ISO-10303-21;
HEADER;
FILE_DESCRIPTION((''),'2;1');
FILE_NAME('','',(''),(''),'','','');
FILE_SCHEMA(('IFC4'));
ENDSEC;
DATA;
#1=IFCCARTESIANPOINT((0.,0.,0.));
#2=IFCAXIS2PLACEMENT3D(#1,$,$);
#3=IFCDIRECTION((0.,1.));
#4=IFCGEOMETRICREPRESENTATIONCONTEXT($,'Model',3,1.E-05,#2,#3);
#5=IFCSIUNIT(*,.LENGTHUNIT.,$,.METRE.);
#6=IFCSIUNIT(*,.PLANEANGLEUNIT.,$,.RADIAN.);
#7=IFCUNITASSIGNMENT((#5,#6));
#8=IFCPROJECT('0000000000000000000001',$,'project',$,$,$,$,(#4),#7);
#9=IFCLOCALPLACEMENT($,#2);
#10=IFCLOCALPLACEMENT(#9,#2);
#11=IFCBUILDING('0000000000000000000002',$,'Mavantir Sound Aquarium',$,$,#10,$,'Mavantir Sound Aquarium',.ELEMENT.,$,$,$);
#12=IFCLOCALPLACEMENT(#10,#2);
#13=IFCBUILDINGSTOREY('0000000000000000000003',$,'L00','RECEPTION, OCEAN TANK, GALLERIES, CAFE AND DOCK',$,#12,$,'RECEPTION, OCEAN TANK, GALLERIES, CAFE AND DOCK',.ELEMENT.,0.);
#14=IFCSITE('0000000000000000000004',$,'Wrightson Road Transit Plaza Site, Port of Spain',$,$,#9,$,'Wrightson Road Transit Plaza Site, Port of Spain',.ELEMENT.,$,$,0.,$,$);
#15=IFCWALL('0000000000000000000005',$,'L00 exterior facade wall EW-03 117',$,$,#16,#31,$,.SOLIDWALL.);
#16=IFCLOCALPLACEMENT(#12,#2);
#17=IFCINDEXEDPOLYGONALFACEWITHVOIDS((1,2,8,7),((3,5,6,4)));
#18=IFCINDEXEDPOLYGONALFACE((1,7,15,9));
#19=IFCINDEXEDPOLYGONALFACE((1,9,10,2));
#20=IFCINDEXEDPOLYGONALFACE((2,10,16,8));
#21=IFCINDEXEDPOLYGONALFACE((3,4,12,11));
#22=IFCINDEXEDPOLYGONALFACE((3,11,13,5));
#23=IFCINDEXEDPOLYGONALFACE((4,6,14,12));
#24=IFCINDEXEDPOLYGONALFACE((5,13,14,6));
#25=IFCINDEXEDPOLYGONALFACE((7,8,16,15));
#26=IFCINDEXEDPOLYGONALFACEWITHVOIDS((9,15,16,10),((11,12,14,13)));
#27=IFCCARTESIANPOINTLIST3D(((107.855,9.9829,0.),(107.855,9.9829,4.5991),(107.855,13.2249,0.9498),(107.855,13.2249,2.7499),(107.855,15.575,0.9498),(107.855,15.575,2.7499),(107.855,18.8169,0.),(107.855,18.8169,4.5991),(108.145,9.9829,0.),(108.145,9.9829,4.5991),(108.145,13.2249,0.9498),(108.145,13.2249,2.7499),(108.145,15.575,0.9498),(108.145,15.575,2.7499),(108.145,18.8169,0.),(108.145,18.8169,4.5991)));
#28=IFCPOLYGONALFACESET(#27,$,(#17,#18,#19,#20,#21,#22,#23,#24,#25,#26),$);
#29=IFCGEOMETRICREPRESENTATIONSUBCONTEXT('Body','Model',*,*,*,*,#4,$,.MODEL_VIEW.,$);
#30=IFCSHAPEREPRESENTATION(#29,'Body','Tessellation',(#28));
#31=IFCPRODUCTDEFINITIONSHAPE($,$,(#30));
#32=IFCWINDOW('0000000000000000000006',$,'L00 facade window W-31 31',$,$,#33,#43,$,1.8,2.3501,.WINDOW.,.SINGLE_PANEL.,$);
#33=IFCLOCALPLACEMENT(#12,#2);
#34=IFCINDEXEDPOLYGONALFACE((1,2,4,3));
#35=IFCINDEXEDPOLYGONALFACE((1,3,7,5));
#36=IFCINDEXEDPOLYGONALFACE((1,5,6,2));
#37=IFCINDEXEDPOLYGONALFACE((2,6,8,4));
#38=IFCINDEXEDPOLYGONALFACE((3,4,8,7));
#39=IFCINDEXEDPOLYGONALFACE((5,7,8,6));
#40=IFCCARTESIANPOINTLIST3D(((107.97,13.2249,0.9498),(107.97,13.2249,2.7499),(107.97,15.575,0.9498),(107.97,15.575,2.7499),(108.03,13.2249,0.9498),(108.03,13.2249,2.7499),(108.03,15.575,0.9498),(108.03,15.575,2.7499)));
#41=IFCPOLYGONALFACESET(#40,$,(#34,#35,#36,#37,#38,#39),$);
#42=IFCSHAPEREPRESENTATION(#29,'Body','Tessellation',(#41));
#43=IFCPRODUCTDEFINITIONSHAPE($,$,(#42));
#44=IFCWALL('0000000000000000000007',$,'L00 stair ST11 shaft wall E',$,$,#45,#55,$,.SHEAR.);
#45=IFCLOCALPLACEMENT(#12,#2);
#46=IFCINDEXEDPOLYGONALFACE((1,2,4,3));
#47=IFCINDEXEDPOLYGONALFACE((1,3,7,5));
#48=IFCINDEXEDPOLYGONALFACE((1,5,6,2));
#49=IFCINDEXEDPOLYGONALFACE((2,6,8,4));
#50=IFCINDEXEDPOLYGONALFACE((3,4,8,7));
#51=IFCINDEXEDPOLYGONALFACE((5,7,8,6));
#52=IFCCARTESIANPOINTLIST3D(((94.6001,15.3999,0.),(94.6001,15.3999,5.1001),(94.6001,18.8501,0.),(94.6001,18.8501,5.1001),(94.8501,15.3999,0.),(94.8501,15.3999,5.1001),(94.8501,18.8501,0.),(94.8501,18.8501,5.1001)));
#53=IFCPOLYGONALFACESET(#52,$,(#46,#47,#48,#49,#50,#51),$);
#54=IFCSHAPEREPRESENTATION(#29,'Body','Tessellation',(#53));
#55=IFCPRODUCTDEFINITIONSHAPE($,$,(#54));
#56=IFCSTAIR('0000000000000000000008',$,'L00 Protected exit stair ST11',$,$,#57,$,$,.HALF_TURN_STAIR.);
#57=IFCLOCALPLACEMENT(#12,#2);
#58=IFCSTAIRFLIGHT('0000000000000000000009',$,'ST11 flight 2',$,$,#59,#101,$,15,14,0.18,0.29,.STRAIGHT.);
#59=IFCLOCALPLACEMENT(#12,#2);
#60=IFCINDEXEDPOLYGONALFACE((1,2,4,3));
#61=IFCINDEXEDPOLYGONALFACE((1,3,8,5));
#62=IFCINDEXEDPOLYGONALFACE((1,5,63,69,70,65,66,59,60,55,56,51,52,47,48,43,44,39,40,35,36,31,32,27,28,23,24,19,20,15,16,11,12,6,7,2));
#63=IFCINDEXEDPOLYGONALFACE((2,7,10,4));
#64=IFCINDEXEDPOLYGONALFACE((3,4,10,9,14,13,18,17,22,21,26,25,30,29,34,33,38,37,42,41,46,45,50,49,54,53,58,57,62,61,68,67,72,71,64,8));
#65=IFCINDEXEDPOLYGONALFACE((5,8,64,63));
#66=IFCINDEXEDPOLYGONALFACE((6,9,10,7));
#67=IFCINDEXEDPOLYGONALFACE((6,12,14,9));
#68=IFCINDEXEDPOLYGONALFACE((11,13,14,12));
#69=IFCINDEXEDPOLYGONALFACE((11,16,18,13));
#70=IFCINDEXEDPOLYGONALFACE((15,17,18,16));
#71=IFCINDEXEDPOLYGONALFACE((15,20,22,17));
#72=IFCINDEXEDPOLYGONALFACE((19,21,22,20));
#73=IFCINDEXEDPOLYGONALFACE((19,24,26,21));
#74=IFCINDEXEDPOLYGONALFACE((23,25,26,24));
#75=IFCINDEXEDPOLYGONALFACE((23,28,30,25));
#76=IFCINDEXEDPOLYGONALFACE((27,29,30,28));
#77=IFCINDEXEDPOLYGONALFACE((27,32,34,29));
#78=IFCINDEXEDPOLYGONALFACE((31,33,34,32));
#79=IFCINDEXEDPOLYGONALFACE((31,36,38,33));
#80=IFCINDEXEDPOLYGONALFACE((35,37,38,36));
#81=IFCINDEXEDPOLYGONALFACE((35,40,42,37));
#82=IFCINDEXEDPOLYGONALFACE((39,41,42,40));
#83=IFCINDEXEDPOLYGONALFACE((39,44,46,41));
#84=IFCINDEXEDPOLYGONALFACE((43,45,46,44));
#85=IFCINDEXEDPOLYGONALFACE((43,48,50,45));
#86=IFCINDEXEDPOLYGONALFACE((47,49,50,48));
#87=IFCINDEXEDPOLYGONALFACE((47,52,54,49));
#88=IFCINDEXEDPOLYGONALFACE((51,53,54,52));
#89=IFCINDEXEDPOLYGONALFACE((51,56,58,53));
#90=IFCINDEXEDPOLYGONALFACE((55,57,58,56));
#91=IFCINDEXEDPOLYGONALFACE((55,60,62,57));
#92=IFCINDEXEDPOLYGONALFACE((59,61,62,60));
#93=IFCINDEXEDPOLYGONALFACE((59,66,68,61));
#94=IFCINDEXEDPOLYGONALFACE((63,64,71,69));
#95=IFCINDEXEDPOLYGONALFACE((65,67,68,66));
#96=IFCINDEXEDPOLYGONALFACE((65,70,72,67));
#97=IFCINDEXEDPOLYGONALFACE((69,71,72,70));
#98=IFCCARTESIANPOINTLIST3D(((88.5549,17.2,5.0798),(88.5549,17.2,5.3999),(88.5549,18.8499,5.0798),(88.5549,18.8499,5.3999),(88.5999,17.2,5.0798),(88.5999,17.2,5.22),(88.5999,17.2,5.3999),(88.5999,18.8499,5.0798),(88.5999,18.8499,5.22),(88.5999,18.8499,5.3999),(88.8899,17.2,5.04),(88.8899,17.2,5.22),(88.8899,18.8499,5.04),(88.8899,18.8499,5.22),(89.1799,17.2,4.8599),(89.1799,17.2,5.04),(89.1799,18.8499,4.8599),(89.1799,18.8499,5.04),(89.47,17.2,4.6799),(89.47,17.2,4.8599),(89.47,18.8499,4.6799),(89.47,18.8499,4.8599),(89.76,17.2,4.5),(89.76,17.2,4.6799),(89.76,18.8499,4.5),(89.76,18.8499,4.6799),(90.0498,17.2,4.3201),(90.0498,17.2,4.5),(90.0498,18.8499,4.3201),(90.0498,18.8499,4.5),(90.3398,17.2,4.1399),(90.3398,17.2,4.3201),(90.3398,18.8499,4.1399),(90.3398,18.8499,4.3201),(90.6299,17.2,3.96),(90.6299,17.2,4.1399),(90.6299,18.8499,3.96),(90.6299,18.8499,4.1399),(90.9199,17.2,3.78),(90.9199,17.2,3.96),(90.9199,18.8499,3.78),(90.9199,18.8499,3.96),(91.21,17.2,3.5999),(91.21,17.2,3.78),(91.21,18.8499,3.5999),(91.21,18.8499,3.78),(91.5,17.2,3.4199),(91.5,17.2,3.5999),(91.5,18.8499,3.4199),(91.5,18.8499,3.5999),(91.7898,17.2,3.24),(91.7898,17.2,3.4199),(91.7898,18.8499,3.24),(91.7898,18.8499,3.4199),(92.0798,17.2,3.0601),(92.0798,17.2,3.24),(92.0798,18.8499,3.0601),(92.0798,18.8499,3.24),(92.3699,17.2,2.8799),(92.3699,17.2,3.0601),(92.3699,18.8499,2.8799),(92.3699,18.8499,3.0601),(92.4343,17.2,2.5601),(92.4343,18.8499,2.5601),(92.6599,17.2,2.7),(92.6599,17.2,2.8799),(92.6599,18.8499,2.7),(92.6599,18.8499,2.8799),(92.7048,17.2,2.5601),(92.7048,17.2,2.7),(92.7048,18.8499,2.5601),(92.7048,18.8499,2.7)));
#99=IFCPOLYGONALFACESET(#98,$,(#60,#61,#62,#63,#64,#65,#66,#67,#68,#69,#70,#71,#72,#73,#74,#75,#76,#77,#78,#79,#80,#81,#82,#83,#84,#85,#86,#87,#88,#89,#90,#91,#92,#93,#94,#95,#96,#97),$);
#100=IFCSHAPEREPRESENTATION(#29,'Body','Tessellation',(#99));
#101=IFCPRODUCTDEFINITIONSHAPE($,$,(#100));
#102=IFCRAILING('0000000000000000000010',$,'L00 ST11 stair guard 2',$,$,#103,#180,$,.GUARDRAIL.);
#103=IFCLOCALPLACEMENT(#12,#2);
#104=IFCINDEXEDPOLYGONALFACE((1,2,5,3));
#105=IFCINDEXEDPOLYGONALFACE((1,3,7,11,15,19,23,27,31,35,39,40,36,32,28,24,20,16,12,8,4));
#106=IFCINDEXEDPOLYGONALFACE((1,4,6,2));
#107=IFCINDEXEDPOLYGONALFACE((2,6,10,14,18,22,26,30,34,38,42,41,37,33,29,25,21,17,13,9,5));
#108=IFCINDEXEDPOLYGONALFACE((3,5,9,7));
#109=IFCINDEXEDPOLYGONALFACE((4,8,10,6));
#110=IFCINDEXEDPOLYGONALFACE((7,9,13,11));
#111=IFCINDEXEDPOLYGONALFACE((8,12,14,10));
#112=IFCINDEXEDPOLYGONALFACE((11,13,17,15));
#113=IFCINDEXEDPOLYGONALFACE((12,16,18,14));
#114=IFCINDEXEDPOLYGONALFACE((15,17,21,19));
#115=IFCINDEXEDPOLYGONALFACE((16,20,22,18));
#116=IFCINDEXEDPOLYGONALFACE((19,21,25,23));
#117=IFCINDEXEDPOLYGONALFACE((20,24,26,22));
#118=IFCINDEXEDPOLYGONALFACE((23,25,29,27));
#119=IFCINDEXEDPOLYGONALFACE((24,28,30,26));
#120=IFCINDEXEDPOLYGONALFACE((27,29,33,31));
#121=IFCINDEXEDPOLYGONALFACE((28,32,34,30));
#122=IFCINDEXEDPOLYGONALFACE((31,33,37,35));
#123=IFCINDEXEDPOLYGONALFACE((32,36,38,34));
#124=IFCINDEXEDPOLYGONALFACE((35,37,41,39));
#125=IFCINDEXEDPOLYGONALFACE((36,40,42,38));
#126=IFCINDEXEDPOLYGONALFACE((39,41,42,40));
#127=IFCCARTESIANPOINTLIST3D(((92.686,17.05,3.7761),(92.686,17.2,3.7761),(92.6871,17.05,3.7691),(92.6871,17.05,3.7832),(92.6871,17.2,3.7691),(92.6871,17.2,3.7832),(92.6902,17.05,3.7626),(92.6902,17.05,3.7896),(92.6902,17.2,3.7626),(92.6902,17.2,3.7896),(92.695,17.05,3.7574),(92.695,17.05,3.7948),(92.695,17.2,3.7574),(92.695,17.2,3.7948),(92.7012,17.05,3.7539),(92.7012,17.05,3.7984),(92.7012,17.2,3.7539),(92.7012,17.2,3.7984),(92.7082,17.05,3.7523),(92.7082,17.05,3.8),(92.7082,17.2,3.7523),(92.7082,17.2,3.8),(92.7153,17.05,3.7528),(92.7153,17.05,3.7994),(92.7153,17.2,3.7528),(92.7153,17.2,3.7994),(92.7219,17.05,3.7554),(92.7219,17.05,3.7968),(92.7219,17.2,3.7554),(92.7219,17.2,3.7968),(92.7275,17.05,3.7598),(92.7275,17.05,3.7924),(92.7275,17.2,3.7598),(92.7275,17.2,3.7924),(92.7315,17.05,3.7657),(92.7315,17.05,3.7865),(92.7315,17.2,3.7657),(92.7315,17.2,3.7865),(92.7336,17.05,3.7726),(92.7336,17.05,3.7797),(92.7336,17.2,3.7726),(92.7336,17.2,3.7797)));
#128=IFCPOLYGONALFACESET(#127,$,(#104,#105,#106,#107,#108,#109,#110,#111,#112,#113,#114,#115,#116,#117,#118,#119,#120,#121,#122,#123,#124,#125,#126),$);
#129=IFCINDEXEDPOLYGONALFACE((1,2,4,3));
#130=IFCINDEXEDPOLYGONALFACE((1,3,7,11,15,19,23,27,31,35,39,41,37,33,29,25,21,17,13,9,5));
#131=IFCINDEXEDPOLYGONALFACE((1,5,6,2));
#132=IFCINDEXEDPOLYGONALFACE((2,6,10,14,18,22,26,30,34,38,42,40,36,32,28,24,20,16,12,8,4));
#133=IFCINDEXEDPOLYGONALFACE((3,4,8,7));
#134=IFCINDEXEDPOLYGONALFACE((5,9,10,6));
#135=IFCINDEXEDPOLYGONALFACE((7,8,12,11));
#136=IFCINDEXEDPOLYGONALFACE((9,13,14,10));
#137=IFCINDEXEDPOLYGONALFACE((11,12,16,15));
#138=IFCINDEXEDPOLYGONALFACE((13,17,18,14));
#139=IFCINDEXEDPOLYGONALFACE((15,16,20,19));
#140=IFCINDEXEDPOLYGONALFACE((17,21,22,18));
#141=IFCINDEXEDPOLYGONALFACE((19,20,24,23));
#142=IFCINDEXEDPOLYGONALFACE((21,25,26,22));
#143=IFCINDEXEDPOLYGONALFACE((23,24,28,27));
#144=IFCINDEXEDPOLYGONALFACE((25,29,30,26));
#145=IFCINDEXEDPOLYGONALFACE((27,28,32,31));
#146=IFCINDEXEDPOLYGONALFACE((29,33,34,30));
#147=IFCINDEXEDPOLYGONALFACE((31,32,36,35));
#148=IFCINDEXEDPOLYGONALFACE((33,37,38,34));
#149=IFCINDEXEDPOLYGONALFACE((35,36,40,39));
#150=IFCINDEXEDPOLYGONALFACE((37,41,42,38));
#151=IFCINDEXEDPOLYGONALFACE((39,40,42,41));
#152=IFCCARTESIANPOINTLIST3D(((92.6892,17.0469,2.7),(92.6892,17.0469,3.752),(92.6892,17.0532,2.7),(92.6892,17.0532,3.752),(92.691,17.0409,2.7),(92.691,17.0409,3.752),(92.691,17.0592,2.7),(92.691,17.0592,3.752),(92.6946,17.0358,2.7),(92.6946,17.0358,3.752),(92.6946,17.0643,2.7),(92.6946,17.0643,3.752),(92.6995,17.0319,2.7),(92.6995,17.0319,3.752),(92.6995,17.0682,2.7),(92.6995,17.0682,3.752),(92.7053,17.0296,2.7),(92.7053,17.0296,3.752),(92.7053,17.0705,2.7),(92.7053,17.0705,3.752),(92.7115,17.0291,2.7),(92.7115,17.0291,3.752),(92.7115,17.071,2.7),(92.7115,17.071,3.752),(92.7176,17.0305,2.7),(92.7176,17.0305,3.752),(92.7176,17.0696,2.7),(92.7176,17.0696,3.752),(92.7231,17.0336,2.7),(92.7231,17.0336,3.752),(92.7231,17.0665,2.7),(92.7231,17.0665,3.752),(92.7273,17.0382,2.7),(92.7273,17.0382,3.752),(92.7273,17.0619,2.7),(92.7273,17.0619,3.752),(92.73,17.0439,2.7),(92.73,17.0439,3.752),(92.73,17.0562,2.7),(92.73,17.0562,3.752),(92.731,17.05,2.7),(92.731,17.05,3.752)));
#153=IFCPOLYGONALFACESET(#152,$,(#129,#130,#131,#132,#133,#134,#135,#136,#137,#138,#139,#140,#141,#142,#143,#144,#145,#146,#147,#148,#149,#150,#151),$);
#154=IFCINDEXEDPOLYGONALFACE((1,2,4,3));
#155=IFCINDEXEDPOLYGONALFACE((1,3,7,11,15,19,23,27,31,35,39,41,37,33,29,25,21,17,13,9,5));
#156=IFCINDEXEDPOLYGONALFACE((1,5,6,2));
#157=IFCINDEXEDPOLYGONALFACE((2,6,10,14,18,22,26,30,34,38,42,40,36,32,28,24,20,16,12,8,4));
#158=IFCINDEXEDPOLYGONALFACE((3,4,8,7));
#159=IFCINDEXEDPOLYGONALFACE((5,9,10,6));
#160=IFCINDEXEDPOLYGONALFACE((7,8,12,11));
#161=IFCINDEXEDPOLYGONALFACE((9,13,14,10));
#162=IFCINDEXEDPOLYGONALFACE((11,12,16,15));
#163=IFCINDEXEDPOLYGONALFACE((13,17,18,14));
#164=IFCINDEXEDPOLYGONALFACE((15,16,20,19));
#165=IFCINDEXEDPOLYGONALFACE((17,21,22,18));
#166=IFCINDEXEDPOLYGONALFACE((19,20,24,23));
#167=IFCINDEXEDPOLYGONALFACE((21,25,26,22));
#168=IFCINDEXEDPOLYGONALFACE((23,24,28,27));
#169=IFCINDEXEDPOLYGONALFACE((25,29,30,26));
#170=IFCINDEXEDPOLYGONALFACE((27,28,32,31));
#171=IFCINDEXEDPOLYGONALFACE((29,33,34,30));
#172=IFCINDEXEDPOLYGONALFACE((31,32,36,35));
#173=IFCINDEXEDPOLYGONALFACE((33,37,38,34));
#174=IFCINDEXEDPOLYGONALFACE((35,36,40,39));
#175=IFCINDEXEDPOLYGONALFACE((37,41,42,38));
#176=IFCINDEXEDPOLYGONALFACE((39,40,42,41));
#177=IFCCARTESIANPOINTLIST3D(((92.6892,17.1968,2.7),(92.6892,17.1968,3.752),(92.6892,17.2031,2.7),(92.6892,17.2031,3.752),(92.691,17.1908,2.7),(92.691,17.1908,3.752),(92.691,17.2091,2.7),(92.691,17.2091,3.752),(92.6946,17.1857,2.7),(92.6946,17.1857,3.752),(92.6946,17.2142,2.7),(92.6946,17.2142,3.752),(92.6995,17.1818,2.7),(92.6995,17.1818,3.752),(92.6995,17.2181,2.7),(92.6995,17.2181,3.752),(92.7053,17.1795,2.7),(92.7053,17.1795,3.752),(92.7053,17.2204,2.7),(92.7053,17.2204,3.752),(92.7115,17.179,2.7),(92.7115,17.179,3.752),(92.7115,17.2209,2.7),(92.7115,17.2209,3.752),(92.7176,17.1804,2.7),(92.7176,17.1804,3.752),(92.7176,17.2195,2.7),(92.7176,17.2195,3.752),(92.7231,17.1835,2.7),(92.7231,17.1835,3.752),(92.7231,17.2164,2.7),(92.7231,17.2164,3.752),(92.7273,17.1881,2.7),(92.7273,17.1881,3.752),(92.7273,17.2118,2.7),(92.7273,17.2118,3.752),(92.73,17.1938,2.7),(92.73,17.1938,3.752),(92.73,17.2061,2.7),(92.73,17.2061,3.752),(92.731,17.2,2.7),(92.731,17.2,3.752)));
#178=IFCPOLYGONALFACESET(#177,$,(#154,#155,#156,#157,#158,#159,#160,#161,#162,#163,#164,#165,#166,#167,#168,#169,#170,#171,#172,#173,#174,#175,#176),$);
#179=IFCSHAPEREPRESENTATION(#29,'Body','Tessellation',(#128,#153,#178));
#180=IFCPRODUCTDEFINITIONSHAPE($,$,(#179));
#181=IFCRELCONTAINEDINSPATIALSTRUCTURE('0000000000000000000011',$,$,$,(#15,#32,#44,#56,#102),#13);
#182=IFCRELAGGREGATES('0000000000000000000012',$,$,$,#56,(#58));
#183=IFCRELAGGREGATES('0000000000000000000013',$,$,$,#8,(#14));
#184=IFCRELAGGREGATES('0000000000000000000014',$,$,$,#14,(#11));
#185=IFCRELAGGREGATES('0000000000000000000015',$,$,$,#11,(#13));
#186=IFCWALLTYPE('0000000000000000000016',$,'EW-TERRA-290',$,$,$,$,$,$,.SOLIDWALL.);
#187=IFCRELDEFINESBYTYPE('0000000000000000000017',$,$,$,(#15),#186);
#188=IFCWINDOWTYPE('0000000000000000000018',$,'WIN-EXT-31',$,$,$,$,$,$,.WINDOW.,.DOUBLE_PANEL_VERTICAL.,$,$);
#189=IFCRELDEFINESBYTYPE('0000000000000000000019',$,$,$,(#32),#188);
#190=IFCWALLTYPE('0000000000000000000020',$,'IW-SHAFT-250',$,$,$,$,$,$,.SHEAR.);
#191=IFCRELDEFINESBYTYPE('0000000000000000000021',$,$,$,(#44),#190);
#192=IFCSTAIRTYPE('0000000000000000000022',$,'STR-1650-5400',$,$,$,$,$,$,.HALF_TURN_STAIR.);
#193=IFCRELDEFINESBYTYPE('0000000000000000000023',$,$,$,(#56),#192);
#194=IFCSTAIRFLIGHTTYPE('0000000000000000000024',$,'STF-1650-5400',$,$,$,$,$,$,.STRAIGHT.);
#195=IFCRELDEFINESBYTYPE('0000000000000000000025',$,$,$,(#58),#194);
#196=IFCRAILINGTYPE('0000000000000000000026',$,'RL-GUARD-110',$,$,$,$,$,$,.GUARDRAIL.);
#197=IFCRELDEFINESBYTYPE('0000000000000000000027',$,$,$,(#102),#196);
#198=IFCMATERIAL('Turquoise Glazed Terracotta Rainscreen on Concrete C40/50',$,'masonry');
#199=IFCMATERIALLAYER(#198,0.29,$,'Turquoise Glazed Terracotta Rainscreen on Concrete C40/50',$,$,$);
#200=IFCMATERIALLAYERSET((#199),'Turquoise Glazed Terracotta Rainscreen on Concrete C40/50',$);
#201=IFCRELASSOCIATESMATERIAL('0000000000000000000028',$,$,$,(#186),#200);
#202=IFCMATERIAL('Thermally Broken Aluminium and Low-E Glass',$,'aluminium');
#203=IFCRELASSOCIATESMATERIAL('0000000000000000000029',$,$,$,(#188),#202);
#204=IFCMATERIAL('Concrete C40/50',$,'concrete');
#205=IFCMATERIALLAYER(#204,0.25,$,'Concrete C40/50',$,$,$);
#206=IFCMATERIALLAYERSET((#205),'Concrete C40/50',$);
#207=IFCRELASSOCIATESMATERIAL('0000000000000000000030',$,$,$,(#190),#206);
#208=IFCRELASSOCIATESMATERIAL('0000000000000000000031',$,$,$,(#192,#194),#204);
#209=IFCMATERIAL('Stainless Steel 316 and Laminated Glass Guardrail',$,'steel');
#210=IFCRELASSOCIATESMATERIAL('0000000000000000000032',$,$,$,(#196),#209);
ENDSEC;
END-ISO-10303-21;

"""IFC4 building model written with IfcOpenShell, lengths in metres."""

from ifc_helpers import new_model, si_unit, direction, frame, frame_2d, origin, origin_2d, place, context, subcontext, project, spatial, polyline, rectangle, circle, outline, extrude, material, layer, layer_set, type_object, element, fill, aggregate, save


model = new_model("IFC4")

# Units and contexts
model_context = context("Model", 3, precision=1e-05, world=origin(), true_north=direction((0.0, 1.0)))
body_context = subcontext(model_context, "Body", "Model", "MODEL_VIEW")
ifc_project = project(units=[si_unit("LENGTHUNIT", "METRE"), si_unit("PLANEANGLEUNIT", "RADIAN")], contexts=[model_context])

# Site, building, storey
site_placement = place(None, origin())
site = spatial("IfcSite", under=ifc_project, at=site_placement, Name="Wrightson Road Transit Plaza Site, Port of Spain", LongName="Wrightson Road Transit Plaza Site, Port of Spain", CompositionType="ELEMENT", RefElevation=0.0)
building_placement = place(site_placement, origin())
building = spatial("IfcBuilding", under=site, at=building_placement, Name="Mavantir Sound Aquarium", LongName="Mavantir Sound Aquarium", CompositionType="ELEMENT")
storey_placement = place(building_placement, origin())
storey = spatial("IfcBuildingStorey", under=building, at=storey_placement, Name="L00", Description="RECEPTION, OCEAN TANK, GALLERIES, CAFE AND DOCK", LongName="RECEPTION, OCEAN TANK, GALLERIES, CAFE AND DOCK", CompositionType="ELEMENT", Elevation=0.0)

# Shared definitions
ifc_material_1 = material(Name="Concrete C40/50", Category="concrete")

# Wall, opening, window
ifc_material_2 = material(Name="Turquoise Glazed Terracotta Rainscreen on Concrete C40/50", Category="masonry")
ifc_layer_1 = layer(ifc_material_2, 0.29, Name="Turquoise Glazed Terracotta Rainscreen on Concrete C40/50")
ifc_layer_set_1 = layer_set([ifc_layer_1], Name="Turquoise Glazed Terracotta Rainscreen on Concrete C40/50")
wall_type_1 = type_object("IfcWallType", Name="EW-TERRA-290", PredefinedType="SOLIDWALL", material=ifc_layer_set_1)
wall_1_placement = place(storey_placement, frame((108.0, 18.8169, 0.0), z_axis=(0.0, 0.0, 1.0), x_axis=(0.0, -1.0, 0.0)))
wall_1 = element("IfcWall", 1, at=wall_1_placement, inside=storey, type_object=wall_type_1, Name="L00 exterior facade wall EW-03 117", PredefinedType="SOLIDWALL", context=body_context, shape_type="SweptSolid", body=[
    extrude(rectangle(XDim=8.834, YDim=0.29, at=frame_2d((4.417, 0.0))), origin(), (0.0, 0.0, 1.0), 4.5991),
])
opening_1_placement = place(wall_1_placement, frame((3.2419, 0.0, 0.95)))
opening_1 = element("IfcOpeningElement", 2, at=opening_1_placement, cuts=wall_1, PredefinedType="OPENING", context=body_context, shape_type="SweptSolid", body=[
    extrude(rectangle(XDim=2.3501, YDim=1.8, at=frame_2d((1.175, 0.8999))), frame((0.0, 0.155, 0.0), z_axis=(0.0, -1.0, 0.0), x_axis=(1.0, 0.0, 0.0)), (0.0, 0.0, 1.0), 0.3101),
])
ifc_material_3 = material(Name="Thermally Broken Aluminium and Low-E Glass", Category="aluminium")
window_type = type_object("IfcWindowType", Name="WIN-EXT-31", PartitioningType="DOUBLE_PANEL_VERTICAL", PredefinedType="WINDOW", material=ifc_material_3)
window_placement = place(opening_1_placement, origin())
window = element("IfcWindow", 3, at=window_placement, inside=storey, type_object=window_type, Name="L00 facade window W-31 31", OverallHeight=1.8, OverallWidth=2.3501, PartitioningType="SINGLE_PANEL", PredefinedType="WINDOW", context=body_context, shape_type="SweptSolid", body=[
    extrude(rectangle(XDim=2.3501, YDim=1.8, at=frame_2d((1.175, 0.8999))), frame((0.0, 0.03, 0.0), z_axis=(0.0, -1.0, 0.0), x_axis=(1.0, 0.0, 0.0)), (0.0, 0.0, 1.0), 0.0601),
])
fill(opening_1, window)

# Wall
ifc_layer_2 = layer(ifc_material_1, 0.25, Name="Concrete C40/50")
ifc_layer_set_2 = layer_set([ifc_layer_2], Name="Concrete C40/50")
wall_type_2 = type_object("IfcWallType", Name="IW-SHAFT-250", PredefinedType="SHEAR", material=ifc_layer_set_2)
wall_2_placement = place(storey_placement, frame((94.7251, 15.3999, 0.0), z_axis=(0.0, 0.0, 1.0), x_axis=(0.0, 1.0, 0.0)))
element("IfcWall", 4, at=wall_2_placement, inside=storey, type_object=wall_type_2, Name="L00 stair ST11 shaft wall E", PredefinedType="SHEAR", context=body_context, shape_type="SweptSolid", body=[
    extrude(rectangle(XDim=3.4502, YDim=0.25, at=frame_2d((1.7251, 0.0))), origin(), (0.0, 0.0, 1.0), 5.1001),
])

# Stair, stair flight
stair_type = type_object("IfcStairType", Name="STR-1650-5400", PredefinedType="HALF_TURN_STAIR", material=ifc_material_1)
stair_placement = place(storey_placement, origin())
stair = element("IfcStair", 5, at=stair_placement, inside=storey, type_object=stair_type, Name="L00 Protected exit stair ST11", PredefinedType="HALF_TURN_STAIR")
stair_flight_type = type_object("IfcStairFlightType", Name="STF-1650-5400", PredefinedType="STRAIGHT", material=ifc_material_1)
stair_flight_placement = place(storey_placement, frame((92.6599, 18.0249, 2.7), z_axis=(0.0, 0.0, 1.0), x_axis=(-1.0, 0.0, 0.0)))
stair_flight = element("IfcStairFlight", 6, at=stair_flight_placement, type_object=stair_flight_type, Name="ST11 flight 2", NumberOfRisers=15, NumberOfTreads=14, PredefinedType="STRAIGHT", RiserHeight=0.18, TreadLength=0.29, context=body_context, shape_type="SweptSolid", body=[
    extrude(outline(polyline([(-0.0449, -0.1399), (-0.0449, 0.0), (0.0, 0.0), (0.0, 0.1799), (0.29, 0.1799), (0.29, 0.3601), (0.5801, 0.3601), (0.5801, 0.54), (0.8701, 0.54), (0.8701, 0.72), (1.1599, 0.72), (1.1599, 0.8999), (1.45, 0.8999), (1.45, 1.0801), (1.74, 1.0801), (1.74, 1.26), (2.03, 1.26), (2.03, 1.4399), (2.3201, 1.4399), (2.3201, 1.6201), (2.6101, 1.6201), (2.6101, 1.8), (2.8999, 1.8), (2.8999, 1.98), (3.1899, 1.98), (3.1899, 2.1599), (3.48, 2.1599), (3.48, 2.3401), (3.77, 2.3401), (3.77, 2.52), (4.0601, 2.52), (4.0601, 2.7), (4.105, 2.7), (4.105, 2.3799), (4.0601, 2.3799), (0.2256, -0.1399), (-0.0449, -0.1399)])), frame((0.0, 0.825, 0.0), z_axis=(0.0, -1.0, 0.0), x_axis=(1.0, 0.0, 0.0)), (0.0, 0.0, 1.0), 1.6499),
])
aggregate(stair, [stair_flight])

# Railing
ifc_material_4 = material(Name="Stainless Steel 316 and Laminated Glass Guardrail", Category="steel")
railing_type_1 = type_object("IfcRailingType", Name="RL-GUARD-110", PredefinedType="GUARDRAIL", material=ifc_material_4)
railing_1_placement = place(storey_placement, frame((92.71, 17.05, 2.7)))
element("IfcRailing", 7, at=railing_1_placement, inside=storey, type_object=railing_type_1, Name="L00 ST11 stair guard 2", PredefinedType="GUARDRAIL", context=body_context, shape_type="SweptSolid", body=[
    extrude(circle(Radius=0.0239, at=origin_2d()), frame((0.0, 0.0, 1.0762), z_axis=(0.0, 1.0, 0.0), x_axis=(-1.0, 0.0, 0.0)), (0.0, 0.0, 1.0), 0.1499),
    extrude(circle(Radius=0.021, at=origin_2d()), origin(), (0.0, 0.0, 1.0), 1.052),
    extrude(circle(Radius=0.021, at=origin_2d()), frame((0.0, 0.1499, 0.0)), (0.0, 0.0, 1.0), 1.052),
])

save(model, "model.ifc")
